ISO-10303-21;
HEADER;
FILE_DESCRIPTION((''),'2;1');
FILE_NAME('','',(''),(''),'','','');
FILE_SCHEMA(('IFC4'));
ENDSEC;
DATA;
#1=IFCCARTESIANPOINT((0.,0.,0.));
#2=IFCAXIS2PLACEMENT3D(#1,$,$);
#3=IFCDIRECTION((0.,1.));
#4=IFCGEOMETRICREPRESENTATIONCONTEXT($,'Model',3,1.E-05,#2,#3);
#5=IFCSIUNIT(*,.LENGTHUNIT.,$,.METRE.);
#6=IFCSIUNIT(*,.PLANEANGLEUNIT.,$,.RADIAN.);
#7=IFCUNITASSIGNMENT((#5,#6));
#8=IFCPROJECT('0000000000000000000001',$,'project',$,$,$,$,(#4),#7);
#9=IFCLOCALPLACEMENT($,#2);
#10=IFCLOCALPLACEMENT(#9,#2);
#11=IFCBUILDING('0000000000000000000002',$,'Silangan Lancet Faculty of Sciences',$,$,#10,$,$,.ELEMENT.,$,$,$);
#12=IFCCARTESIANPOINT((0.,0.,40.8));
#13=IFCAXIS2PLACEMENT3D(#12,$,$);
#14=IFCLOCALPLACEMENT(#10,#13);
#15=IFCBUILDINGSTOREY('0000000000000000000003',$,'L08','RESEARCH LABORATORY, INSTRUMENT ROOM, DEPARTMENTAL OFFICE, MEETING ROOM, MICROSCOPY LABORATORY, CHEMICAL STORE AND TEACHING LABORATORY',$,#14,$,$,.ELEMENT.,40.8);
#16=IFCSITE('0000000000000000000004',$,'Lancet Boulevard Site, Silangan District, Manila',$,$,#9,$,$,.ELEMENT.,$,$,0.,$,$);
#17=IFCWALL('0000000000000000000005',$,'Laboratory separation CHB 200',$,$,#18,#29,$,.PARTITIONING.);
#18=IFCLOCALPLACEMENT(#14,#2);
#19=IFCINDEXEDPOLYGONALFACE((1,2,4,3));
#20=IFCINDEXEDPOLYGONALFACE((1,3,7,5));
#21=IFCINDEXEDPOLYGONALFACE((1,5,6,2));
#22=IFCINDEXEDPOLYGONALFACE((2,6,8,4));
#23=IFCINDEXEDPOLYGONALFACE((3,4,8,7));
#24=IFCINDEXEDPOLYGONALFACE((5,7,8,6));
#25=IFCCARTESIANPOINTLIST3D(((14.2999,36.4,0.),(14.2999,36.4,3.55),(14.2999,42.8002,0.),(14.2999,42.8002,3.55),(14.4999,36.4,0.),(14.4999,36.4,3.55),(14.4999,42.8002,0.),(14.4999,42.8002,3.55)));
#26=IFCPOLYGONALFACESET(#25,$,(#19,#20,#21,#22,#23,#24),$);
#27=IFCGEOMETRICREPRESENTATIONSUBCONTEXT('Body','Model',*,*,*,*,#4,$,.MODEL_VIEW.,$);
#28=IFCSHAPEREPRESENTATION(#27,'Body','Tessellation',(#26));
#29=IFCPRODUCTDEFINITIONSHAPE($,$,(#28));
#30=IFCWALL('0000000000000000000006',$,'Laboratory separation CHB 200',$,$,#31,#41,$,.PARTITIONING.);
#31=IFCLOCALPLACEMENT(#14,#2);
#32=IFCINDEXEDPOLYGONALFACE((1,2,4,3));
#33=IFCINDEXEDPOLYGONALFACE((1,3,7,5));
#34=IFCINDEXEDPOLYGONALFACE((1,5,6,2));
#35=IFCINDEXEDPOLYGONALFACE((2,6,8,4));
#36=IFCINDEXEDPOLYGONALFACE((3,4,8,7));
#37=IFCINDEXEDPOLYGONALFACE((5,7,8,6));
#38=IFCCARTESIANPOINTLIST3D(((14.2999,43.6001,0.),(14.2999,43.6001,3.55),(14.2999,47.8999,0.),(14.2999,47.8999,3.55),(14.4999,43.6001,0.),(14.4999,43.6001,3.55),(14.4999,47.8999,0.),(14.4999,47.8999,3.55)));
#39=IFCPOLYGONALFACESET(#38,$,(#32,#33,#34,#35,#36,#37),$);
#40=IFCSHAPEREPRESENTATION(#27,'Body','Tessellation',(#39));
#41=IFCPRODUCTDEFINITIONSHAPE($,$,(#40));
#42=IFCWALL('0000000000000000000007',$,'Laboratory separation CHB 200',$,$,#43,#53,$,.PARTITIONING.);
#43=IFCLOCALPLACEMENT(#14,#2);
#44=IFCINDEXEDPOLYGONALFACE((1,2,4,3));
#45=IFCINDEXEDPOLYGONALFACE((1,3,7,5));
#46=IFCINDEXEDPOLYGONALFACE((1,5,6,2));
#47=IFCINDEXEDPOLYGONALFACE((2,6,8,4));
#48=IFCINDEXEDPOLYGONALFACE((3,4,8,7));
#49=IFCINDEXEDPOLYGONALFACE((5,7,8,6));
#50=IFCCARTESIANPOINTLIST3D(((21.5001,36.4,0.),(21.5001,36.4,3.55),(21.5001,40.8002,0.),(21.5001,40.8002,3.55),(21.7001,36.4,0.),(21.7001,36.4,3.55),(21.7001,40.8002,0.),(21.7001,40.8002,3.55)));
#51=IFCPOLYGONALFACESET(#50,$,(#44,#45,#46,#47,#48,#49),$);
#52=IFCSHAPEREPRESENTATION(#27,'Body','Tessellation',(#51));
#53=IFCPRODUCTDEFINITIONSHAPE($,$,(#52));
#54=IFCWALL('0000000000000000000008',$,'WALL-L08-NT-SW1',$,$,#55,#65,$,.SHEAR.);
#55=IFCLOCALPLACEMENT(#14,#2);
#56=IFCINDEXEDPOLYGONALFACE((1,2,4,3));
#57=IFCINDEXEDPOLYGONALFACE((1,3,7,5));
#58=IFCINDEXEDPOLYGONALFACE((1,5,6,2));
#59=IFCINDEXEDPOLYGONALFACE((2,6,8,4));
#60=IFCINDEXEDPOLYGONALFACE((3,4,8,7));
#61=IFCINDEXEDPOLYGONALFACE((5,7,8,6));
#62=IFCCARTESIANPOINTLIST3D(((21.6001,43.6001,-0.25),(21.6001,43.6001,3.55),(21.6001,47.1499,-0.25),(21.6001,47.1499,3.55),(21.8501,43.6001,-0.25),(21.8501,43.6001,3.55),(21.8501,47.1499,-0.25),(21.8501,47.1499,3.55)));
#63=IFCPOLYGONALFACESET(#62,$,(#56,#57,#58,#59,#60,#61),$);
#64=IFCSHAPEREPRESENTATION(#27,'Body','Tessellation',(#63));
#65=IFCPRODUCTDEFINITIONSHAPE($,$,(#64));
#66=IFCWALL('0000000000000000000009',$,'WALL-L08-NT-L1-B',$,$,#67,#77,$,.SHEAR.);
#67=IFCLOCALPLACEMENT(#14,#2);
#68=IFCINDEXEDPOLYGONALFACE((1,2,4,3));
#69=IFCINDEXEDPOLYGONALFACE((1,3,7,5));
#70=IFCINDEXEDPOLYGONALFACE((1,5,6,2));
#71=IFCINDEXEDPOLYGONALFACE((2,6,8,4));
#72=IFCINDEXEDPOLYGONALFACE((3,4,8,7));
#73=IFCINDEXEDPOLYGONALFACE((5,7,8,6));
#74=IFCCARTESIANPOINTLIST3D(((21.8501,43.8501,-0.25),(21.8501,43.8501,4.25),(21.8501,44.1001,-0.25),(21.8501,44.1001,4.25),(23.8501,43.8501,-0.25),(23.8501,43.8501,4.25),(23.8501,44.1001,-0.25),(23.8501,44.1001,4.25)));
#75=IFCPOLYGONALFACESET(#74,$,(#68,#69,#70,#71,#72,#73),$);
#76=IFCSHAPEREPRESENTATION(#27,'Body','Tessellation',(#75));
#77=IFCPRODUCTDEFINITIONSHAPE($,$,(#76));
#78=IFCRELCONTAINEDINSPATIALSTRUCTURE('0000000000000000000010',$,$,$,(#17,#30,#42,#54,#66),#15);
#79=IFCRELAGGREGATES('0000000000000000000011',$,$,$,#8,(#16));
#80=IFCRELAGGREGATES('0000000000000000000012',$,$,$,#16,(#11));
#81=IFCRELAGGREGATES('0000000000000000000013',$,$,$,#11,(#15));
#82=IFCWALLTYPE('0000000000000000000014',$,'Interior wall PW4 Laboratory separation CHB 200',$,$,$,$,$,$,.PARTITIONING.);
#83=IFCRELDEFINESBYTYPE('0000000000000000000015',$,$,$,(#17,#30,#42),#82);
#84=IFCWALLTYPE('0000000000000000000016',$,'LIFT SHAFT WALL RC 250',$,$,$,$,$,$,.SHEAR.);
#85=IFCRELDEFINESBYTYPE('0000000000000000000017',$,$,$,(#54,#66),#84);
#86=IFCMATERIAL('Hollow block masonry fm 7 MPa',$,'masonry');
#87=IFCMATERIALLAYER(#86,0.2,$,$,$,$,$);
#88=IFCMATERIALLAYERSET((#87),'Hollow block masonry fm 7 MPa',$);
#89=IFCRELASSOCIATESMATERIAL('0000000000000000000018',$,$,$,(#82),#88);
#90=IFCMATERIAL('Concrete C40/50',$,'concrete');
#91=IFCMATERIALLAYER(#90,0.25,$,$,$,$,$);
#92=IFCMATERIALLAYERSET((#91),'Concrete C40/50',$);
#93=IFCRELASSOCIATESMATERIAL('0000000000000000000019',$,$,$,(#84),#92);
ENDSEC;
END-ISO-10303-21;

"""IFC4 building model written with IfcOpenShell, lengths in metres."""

from ifc_helpers import new_model, si_unit, direction, frame, frame_2d, origin, place, context, subcontext, project, spatial, rectangle, extrude, material, layer, layer_set, type_object, element, save


model = new_model("IFC4")

# Units and contexts
model_context = context("Model", 3, precision=1e-05, world=origin(), true_north=direction((0.0, 1.0)))
body_context = subcontext(model_context, "Body", "Model", "MODEL_VIEW")
ifc_project = project(units=[si_unit("LENGTHUNIT", "METRE"), si_unit("PLANEANGLEUNIT", "RADIAN")], contexts=[model_context])

# Site, building, storey
site_placement = place(None, origin())
site = spatial("IfcSite", under=ifc_project, at=site_placement, Name="Lancet Boulevard Site, Silangan District, Manila", CompositionType="ELEMENT", RefElevation=0.0)
building_placement = place(site_placement, origin())
building = spatial("IfcBuilding", under=site, at=building_placement, Name="Silangan Lancet Faculty of Sciences", CompositionType="ELEMENT")
storey_placement = place(building_placement, frame((0.0, 0.0, 40.8)))
storey = spatial("IfcBuildingStorey", under=building, at=storey_placement, Name="L08", Description="RESEARCH LABORATORY, INSTRUMENT ROOM, DEPARTMENTAL OFFICE, MEETING ROOM, MICROSCOPY LABORATORY, CHEMICAL STORE AND TEACHING LABORATORY", CompositionType="ELEMENT", Elevation=40.8)

# Shared definitions
ifc_material_1 = material(Name="Hollow block masonry fm 7 MPa", Category="masonry")
ifc_layer_1 = layer(ifc_material_1, 0.2)
ifc_layer_set_1 = layer_set([ifc_layer_1], Name="Hollow block masonry fm 7 MPa")
wall_type_1 = type_object("IfcWallType", Name="Interior wall PW4 Laboratory separation CHB 200", PredefinedType="PARTITIONING", material=ifc_layer_set_1)

# Walls
wall_1_placement = place(storey_placement, frame((14.3999, 36.3999, 0.0), z_axis=(0.0, 0.0, 1.0), x_axis=(0.0, 1.0, 0.0)))
element("IfcWall", 1, at=wall_1_placement, inside=storey, type_object=wall_type_1, Name="Laboratory separation CHB 200", PredefinedType="PARTITIONING", context=body_context, shape_type="SweptSolid", body=[
    extrude(rectangle(XDim=6.4001, YDim=0.2, at=frame_2d((3.2002, 0.0))), origin(), (0.0, 0.0, 1.0), 3.55),
])
wall_2_placement = place(storey_placement, frame((14.3999, 43.6001, 0.0), z_axis=(0.0, 0.0, 1.0), x_axis=(0.0, 1.0, 0.0)))
element("IfcWall", 2, at=wall_2_placement, inside=storey, type_object=wall_type_1, Name="Laboratory separation CHB 200", PredefinedType="PARTITIONING", context=body_context, shape_type="SweptSolid", body=[
    extrude(rectangle(XDim=4.2998, YDim=0.2, at=frame_2d((2.1499, 0.0))), origin(), (0.0, 0.0, 1.0), 3.55),
])
wall_3_placement = place(storey_placement, frame((21.6001, 36.3999, 0.0), z_axis=(0.0, 0.0, 1.0), x_axis=(0.0, 1.0, 0.0)))
element("IfcWall", 3, at=wall_3_placement, inside=storey, type_object=wall_type_1, Name="Laboratory separation CHB 200", PredefinedType="PARTITIONING", context=body_context, shape_type="SweptSolid", body=[
    extrude(rectangle(XDim=4.4001, YDim=0.2, at=frame_2d((2.2002, 0.0))), origin(), (0.0, 0.0, 1.0), 3.55),
])

# Walls
ifc_material_2 = material(Name="Concrete C40/50", Category="concrete")
ifc_layer_2 = layer(ifc_material_2, 0.25)
ifc_layer_set_2 = layer_set([ifc_layer_2], Name="Concrete C40/50")
wall_type_2 = type_object("IfcWallType", Name="LIFT SHAFT WALL RC 250", PredefinedType="SHEAR", material=ifc_layer_set_2)
wall_4_placement = place(storey_placement, frame((21.7251, 43.6001, -0.25), z_axis=(0.0, 0.0, 1.0), x_axis=(0.0, 1.0, 0.0)))
element("IfcWall", 4, at=wall_4_placement, inside=storey, type_object=wall_type_2, Name="WALL-L08-NT-SW1", PredefinedType="SHEAR", context=body_context, shape_type="SweptSolid", body=[
    extrude(rectangle(XDim=3.5498, YDim=0.25, at=frame_2d((1.7749, 0.0))), origin(), (0.0, 0.0, 1.0), 3.8),
])
wall_5_placement = place(storey_placement, frame((21.8501, 43.9751, -0.25), z_axis=(0.0, 0.0, 1.0), x_axis=(1.0, 0.0, 0.0)))
element("IfcWall", 5, at=wall_5_placement, inside=storey, type_object=wall_type_2, Name="WALL-L08-NT-L1-B", PredefinedType="SHEAR", context=body_context, shape_type="SweptSolid", body=[
    extrude(rectangle(XDim=2.0, YDim=0.25, at=frame_2d((1.0, 0.0))), origin(), (0.0, 0.0, 1.0), 4.5),
])

save(model, "model.ifc")
